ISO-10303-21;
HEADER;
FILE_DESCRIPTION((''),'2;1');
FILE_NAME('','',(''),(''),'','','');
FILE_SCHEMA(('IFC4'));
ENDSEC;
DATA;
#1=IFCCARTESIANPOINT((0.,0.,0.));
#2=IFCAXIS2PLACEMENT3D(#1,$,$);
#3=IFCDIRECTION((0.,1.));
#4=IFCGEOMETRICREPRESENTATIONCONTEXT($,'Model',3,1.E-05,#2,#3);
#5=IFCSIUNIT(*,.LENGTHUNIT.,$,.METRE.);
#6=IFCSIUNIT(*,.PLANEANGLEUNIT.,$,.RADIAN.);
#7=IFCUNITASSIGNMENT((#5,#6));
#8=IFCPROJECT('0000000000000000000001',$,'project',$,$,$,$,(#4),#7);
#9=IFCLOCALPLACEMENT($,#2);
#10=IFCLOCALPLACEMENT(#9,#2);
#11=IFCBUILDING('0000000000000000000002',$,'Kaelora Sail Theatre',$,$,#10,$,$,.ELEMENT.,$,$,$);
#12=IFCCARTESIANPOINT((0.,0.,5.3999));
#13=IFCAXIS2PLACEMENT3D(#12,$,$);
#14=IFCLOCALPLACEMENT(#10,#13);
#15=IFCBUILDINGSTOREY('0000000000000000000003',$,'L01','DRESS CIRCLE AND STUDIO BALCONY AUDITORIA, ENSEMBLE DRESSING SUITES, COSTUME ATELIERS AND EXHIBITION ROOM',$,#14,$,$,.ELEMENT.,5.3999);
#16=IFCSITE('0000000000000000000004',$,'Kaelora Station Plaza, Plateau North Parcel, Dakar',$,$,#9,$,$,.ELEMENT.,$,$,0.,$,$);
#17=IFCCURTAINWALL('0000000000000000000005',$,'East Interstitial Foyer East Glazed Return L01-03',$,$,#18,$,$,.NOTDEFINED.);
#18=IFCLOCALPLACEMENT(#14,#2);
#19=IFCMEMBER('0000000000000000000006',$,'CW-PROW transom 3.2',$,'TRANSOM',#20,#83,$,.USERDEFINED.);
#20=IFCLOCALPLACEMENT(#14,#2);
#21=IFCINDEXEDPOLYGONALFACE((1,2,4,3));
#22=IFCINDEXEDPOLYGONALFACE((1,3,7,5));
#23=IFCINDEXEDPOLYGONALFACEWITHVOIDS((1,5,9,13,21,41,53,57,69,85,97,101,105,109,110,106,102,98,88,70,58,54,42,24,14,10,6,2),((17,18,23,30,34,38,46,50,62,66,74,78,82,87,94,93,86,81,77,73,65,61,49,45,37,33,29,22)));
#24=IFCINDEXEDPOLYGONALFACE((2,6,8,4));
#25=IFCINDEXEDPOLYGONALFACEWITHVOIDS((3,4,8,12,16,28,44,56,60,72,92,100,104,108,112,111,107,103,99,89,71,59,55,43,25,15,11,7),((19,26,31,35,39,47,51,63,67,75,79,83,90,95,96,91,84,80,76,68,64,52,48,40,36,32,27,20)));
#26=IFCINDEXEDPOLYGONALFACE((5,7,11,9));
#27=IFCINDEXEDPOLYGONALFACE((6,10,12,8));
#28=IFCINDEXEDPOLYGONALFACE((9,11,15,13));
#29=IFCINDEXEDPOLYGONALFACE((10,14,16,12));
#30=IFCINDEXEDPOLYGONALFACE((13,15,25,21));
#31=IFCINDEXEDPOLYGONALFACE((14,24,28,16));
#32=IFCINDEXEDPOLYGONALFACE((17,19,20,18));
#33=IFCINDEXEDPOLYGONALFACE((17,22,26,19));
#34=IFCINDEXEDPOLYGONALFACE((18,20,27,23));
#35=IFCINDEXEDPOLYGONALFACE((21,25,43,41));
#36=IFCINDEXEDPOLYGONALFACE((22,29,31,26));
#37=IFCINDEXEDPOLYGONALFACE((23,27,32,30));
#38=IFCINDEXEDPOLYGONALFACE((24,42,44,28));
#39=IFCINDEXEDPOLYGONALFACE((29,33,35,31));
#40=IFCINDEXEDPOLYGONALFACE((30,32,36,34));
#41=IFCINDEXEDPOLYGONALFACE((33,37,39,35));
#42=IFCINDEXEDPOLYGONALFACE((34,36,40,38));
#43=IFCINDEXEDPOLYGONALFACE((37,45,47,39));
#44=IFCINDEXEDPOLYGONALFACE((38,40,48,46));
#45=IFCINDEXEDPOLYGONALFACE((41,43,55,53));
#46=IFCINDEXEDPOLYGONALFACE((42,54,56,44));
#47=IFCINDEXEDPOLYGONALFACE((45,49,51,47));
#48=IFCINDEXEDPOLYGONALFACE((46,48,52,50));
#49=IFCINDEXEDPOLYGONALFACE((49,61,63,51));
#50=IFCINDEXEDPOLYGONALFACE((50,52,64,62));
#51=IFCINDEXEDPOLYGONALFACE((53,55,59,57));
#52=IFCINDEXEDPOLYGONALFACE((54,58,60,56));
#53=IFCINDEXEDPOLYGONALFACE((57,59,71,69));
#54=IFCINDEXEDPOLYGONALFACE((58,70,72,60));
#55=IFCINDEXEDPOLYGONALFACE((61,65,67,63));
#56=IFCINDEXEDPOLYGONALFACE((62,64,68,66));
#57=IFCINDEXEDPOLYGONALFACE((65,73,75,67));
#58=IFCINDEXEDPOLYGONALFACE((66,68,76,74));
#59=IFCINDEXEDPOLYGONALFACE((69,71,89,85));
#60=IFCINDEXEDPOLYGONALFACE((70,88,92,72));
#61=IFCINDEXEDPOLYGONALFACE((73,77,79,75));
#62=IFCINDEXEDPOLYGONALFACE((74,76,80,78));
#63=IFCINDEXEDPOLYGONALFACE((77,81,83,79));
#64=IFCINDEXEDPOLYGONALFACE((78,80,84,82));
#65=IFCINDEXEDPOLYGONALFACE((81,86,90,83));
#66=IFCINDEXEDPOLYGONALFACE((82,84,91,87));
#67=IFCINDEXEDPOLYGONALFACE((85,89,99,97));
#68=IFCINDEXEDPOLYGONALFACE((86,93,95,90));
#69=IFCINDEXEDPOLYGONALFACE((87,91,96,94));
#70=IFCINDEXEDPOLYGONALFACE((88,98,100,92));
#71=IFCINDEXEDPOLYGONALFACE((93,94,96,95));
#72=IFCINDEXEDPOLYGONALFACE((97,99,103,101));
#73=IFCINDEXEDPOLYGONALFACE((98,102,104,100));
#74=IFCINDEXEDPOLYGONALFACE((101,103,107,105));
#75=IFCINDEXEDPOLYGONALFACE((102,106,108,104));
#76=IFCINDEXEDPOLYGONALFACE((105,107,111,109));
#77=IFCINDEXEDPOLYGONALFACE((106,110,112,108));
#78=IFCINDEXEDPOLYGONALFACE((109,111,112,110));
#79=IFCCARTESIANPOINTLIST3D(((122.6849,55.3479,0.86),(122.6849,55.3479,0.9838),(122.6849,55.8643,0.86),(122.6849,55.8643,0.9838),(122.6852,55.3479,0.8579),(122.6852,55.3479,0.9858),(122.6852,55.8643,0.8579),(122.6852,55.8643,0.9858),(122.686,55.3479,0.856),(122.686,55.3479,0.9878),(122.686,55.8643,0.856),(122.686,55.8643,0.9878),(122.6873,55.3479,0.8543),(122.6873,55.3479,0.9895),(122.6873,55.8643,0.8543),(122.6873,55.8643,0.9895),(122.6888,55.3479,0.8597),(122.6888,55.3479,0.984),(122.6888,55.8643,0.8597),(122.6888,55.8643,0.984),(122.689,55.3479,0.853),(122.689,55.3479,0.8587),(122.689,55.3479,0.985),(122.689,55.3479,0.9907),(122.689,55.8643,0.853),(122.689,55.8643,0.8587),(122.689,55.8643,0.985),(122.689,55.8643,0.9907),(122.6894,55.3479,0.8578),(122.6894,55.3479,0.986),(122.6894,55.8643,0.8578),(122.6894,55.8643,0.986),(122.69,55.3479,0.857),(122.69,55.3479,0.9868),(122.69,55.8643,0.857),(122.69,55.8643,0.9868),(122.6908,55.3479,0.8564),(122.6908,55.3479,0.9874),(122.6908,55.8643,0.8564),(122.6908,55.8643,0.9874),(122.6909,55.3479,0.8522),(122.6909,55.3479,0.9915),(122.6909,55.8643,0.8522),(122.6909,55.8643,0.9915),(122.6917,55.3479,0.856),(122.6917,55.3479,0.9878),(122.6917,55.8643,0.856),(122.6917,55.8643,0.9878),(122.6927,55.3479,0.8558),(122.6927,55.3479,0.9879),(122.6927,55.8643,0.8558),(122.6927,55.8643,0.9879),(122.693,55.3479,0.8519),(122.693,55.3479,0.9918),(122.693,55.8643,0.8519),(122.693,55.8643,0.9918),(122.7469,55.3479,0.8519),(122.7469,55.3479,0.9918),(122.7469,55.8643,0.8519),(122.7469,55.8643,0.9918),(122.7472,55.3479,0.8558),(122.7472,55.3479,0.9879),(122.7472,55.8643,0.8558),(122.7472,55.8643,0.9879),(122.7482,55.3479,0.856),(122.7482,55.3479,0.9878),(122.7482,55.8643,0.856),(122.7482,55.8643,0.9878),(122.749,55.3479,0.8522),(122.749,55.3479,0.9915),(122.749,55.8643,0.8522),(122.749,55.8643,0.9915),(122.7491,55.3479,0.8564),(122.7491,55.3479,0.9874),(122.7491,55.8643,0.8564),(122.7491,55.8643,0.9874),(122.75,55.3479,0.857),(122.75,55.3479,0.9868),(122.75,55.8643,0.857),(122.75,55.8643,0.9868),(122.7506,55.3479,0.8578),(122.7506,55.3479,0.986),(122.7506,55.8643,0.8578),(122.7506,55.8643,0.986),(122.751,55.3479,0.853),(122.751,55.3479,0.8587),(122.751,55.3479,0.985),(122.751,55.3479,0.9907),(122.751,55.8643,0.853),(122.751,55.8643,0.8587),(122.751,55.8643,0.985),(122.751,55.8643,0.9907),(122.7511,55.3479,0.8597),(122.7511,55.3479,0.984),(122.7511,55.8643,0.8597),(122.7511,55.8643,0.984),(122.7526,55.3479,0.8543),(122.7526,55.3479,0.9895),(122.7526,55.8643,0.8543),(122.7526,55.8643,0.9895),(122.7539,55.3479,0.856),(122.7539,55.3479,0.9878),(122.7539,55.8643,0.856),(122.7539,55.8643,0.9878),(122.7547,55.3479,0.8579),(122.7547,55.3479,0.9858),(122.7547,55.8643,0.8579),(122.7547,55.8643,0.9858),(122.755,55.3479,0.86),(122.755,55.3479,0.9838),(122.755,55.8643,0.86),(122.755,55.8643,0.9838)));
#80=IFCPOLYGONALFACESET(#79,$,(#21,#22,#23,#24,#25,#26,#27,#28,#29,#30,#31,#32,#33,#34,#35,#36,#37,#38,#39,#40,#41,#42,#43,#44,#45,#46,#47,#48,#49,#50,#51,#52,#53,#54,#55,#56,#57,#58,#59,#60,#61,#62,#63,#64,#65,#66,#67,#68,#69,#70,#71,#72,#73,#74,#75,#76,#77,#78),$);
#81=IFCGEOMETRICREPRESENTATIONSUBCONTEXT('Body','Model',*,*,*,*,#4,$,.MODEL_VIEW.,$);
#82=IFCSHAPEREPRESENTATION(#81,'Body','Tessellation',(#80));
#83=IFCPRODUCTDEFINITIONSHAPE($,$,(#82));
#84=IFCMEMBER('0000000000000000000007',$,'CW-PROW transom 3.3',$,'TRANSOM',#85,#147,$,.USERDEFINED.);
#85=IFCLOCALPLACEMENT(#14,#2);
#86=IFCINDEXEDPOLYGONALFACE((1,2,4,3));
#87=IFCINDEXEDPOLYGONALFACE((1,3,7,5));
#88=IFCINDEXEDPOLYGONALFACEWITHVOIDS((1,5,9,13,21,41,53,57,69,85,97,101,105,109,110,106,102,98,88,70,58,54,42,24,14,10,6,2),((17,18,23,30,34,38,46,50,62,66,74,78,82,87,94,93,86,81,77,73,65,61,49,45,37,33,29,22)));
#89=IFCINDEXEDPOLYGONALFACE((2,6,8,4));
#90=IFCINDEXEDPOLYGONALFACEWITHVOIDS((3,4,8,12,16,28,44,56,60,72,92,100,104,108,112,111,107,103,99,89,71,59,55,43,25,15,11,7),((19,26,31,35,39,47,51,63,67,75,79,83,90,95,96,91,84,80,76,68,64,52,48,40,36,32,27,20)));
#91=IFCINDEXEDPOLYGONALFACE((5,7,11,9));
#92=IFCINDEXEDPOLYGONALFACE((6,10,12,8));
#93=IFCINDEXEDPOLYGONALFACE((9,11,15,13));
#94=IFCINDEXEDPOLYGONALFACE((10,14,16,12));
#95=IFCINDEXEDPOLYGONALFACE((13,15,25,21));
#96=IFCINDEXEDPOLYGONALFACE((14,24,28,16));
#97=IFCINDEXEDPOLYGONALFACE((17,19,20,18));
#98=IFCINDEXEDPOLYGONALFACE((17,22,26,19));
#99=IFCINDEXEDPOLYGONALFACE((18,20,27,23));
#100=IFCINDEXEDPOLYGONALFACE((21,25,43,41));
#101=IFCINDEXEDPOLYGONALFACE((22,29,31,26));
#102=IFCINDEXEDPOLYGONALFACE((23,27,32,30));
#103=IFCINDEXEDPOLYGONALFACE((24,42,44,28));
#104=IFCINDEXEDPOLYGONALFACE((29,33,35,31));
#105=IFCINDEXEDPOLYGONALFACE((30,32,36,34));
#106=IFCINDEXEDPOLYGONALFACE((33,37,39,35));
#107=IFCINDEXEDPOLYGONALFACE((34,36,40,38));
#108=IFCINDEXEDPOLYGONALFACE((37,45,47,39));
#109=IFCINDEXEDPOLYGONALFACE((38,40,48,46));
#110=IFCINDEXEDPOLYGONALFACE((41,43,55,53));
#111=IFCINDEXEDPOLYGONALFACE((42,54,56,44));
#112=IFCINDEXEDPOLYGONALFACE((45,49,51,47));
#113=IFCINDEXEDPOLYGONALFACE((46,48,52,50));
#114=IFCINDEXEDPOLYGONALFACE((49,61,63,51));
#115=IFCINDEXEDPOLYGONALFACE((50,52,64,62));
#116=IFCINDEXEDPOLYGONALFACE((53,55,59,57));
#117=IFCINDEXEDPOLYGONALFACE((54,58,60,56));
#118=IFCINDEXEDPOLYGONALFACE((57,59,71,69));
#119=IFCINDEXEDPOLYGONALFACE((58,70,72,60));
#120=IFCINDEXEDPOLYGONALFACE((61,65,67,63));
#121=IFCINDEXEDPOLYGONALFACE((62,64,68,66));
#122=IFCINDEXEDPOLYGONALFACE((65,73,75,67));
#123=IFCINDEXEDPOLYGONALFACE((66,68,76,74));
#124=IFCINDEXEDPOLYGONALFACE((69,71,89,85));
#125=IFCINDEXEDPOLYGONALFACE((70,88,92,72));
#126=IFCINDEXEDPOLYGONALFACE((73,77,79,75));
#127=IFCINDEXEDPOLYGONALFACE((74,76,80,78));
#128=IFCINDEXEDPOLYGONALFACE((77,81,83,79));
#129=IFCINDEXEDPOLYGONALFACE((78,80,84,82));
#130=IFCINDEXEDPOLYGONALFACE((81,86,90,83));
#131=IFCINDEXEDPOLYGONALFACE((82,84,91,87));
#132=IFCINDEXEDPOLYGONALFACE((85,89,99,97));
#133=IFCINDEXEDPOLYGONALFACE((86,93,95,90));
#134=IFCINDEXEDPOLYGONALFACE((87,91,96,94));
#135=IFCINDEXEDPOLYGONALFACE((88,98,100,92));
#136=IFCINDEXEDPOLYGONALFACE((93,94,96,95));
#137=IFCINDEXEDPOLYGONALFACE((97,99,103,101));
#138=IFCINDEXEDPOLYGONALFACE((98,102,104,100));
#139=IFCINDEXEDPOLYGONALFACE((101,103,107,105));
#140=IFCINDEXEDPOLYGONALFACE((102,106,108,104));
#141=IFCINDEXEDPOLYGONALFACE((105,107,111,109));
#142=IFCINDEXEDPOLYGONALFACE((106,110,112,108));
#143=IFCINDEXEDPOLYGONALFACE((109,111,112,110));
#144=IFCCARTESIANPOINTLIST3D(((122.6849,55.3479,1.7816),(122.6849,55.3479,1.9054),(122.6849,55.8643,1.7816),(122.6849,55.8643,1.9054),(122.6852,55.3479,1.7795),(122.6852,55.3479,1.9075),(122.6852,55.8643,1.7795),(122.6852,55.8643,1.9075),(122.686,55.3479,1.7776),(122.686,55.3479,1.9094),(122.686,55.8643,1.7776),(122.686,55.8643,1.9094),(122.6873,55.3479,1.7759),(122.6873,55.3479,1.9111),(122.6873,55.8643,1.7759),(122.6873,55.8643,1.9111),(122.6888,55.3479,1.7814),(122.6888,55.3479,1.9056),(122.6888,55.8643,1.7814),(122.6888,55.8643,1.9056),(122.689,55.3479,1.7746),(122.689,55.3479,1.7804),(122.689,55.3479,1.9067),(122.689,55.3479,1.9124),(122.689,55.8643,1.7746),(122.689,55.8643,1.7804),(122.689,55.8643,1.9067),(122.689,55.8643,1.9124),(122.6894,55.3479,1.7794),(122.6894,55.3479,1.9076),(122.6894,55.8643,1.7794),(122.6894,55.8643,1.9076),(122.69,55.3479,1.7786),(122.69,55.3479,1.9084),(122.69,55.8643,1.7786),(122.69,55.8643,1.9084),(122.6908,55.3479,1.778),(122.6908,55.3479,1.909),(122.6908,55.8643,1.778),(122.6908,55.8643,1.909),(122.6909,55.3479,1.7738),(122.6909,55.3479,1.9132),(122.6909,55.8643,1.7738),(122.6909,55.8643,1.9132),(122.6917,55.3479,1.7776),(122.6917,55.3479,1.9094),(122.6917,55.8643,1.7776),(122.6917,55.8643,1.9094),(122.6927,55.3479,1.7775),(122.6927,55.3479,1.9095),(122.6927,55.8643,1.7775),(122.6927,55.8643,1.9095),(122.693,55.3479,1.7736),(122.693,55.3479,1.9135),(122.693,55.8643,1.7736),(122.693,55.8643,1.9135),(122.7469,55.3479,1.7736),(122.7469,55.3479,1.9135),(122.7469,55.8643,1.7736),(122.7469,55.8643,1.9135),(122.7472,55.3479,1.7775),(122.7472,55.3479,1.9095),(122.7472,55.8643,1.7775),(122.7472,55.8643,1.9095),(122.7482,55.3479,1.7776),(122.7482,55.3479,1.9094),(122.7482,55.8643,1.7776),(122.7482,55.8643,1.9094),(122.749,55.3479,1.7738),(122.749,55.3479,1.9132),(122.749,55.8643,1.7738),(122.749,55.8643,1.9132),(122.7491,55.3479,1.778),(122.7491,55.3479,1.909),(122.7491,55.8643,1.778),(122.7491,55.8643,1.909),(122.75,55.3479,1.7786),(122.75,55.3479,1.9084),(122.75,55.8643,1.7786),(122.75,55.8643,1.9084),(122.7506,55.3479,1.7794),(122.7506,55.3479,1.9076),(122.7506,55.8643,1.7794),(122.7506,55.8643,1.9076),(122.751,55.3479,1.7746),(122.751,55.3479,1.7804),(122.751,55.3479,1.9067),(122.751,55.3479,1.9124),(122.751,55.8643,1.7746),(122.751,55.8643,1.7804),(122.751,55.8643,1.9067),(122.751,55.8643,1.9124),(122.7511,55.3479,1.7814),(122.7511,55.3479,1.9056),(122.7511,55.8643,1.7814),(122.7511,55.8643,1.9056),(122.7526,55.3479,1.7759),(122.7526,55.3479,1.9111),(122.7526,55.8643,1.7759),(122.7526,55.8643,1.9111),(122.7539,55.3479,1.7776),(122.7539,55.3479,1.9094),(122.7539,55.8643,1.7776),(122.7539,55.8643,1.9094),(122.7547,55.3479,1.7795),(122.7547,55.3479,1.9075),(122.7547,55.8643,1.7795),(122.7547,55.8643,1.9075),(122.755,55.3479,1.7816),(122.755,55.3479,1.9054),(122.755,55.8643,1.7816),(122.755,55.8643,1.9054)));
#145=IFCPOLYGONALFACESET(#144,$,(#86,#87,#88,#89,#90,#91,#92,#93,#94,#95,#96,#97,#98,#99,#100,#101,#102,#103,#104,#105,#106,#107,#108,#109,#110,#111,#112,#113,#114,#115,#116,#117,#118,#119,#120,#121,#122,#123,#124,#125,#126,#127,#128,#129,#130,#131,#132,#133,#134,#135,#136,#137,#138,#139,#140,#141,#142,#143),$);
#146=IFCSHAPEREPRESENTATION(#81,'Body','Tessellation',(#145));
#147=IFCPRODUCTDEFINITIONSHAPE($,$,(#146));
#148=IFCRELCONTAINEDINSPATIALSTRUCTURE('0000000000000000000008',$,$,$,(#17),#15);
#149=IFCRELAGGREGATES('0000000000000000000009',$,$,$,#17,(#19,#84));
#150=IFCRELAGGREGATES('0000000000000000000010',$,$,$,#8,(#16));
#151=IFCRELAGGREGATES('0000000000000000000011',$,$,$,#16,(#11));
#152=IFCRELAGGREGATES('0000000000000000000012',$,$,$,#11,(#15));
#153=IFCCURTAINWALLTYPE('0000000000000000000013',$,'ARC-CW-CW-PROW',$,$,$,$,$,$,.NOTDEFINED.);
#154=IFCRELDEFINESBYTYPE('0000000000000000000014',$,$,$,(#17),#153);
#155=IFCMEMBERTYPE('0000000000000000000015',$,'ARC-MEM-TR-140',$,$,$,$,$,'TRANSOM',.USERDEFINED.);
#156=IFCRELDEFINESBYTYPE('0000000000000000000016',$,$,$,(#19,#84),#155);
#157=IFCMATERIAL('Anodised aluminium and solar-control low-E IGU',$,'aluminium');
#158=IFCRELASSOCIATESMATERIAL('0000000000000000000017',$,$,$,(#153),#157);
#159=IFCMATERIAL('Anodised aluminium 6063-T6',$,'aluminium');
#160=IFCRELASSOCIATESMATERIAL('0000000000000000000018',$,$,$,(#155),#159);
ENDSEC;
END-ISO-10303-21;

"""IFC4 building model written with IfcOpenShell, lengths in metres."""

from ifc_helpers import new_model, si_unit, direction, frame, origin, origin_2d, place, context, subcontext, project, spatial, hollow_rectangle, extrude, material, material_profile, profile_set, type_object, element, aggregate, save


model = new_model("IFC4")

# Units and contexts
model_context = context("Model", 3, precision=1e-05, world=origin(), true_north=direction((0.0, 1.0)))
body_context = subcontext(model_context, "Body", "Model", "MODEL_VIEW")
ifc_project = project(units=[si_unit("LENGTHUNIT", "METRE"), si_unit("PLANEANGLEUNIT", "RADIAN")], contexts=[model_context])

# Site, building, storey
site_placement = place(None, origin())
site = spatial("IfcSite", under=ifc_project, at=site_placement, Name="Kaelora Station Plaza, Plateau North Parcel, Dakar", CompositionType="ELEMENT", RefElevation=0.0)
building_placement = place(site_placement, origin())
building = spatial("IfcBuilding", under=site, at=building_placement, Name="Kaelora Sail Theatre", CompositionType="ELEMENT")
storey_placement = place(building_placement, frame((0.0, 0.0, 5.3999)))
storey = spatial("IfcBuildingStorey", under=building, at=storey_placement, Name="L01", Description="DRESS CIRCLE AND STUDIO BALCONY AUDITORIA, ENSEMBLE DRESSING SUITES, COSTUME ATELIERS AND EXHIBITION ROOM", CompositionType="ELEMENT", Elevation=5.3999)

# Curtain wall, members
ifc_material_1 = material(Name="Anodised aluminium and solar-control low-E IGU", Category="aluminium")
curtain_wall_type = type_object("IfcCurtainWallType", Name="ARC-CW-CW-PROW", PredefinedType="NOTDEFINED", material=ifc_material_1)
curtain_wall_placement = place(storey_placement, origin())
curtain_wall = element("IfcCurtainWall", 1, at=curtain_wall_placement, inside=storey, type_object=curtain_wall_type, Name="East Interstitial Foyer East Glazed Return L01-03", PredefinedType="NOTDEFINED")
ifc_material_2 = material(Name="Anodised aluminium 6063-T6", Category="aluminium")
ifc_material_profile_1 = material_profile(ifc_material_2, hollow_rectangle(XDim=0.0701, YDim=0.1399, WallThickness=0.0039, InnerFilletRadius=0.0039, OuterFilletRadius=0.0081, at=origin_2d()), Name="ALU-TRAN 70x140x4")
ifc_profile_set_1 = profile_set([ifc_material_profile_1], Name="Anodised aluminium 6063-T6")
member_type_1 = type_object("IfcMemberType", Name="ARC-MEM-TR-140", ElementType="TRANSOM", PredefinedType="USERDEFINED", material=ifc_profile_set_1)
member_1_placement = place(storey_placement, frame((122.72, 55.3479, 0.9219), z_axis=(0.0, 1.0, 0.0), x_axis=(-1.0, 0.0, 0.0)))
member_1 = element("IfcMember", 2, at=member_1_placement, type_object=member_type_1, Name="CW-PROW transom 3.2", ObjectType="TRANSOM", PredefinedType="USERDEFINED", context=body_context, shape_type="SweptSolid", body=[
    extrude(hollow_rectangle(XDim=0.0701, YDim=0.1399, WallThickness=0.0039, InnerFilletRadius=0.0039, OuterFilletRadius=0.0081, at=origin_2d()), origin(), (0.0, 0.0, 1.0), 0.5164),
])
member_2_placement = place(storey_placement, frame((122.72, 55.3479, 1.8435), z_axis=(0.0, 1.0, 0.0), x_axis=(-1.0, 0.0, 0.0)))
member_2 = element("IfcMember", 3, at=member_2_placement, type_object=member_type_1, Name="CW-PROW transom 3.3", ObjectType="TRANSOM", PredefinedType="USERDEFINED", context=body_context, shape_type="SweptSolid", body=[
    extrude(hollow_rectangle(XDim=0.0701, YDim=0.1399, WallThickness=0.0039, InnerFilletRadius=0.0039, OuterFilletRadius=0.0081, at=origin_2d()), origin(), (0.0, 0.0, 1.0), 0.5164),
])
aggregate(curtain_wall, [member_1, member_2])

save(model, "model.ifc")
